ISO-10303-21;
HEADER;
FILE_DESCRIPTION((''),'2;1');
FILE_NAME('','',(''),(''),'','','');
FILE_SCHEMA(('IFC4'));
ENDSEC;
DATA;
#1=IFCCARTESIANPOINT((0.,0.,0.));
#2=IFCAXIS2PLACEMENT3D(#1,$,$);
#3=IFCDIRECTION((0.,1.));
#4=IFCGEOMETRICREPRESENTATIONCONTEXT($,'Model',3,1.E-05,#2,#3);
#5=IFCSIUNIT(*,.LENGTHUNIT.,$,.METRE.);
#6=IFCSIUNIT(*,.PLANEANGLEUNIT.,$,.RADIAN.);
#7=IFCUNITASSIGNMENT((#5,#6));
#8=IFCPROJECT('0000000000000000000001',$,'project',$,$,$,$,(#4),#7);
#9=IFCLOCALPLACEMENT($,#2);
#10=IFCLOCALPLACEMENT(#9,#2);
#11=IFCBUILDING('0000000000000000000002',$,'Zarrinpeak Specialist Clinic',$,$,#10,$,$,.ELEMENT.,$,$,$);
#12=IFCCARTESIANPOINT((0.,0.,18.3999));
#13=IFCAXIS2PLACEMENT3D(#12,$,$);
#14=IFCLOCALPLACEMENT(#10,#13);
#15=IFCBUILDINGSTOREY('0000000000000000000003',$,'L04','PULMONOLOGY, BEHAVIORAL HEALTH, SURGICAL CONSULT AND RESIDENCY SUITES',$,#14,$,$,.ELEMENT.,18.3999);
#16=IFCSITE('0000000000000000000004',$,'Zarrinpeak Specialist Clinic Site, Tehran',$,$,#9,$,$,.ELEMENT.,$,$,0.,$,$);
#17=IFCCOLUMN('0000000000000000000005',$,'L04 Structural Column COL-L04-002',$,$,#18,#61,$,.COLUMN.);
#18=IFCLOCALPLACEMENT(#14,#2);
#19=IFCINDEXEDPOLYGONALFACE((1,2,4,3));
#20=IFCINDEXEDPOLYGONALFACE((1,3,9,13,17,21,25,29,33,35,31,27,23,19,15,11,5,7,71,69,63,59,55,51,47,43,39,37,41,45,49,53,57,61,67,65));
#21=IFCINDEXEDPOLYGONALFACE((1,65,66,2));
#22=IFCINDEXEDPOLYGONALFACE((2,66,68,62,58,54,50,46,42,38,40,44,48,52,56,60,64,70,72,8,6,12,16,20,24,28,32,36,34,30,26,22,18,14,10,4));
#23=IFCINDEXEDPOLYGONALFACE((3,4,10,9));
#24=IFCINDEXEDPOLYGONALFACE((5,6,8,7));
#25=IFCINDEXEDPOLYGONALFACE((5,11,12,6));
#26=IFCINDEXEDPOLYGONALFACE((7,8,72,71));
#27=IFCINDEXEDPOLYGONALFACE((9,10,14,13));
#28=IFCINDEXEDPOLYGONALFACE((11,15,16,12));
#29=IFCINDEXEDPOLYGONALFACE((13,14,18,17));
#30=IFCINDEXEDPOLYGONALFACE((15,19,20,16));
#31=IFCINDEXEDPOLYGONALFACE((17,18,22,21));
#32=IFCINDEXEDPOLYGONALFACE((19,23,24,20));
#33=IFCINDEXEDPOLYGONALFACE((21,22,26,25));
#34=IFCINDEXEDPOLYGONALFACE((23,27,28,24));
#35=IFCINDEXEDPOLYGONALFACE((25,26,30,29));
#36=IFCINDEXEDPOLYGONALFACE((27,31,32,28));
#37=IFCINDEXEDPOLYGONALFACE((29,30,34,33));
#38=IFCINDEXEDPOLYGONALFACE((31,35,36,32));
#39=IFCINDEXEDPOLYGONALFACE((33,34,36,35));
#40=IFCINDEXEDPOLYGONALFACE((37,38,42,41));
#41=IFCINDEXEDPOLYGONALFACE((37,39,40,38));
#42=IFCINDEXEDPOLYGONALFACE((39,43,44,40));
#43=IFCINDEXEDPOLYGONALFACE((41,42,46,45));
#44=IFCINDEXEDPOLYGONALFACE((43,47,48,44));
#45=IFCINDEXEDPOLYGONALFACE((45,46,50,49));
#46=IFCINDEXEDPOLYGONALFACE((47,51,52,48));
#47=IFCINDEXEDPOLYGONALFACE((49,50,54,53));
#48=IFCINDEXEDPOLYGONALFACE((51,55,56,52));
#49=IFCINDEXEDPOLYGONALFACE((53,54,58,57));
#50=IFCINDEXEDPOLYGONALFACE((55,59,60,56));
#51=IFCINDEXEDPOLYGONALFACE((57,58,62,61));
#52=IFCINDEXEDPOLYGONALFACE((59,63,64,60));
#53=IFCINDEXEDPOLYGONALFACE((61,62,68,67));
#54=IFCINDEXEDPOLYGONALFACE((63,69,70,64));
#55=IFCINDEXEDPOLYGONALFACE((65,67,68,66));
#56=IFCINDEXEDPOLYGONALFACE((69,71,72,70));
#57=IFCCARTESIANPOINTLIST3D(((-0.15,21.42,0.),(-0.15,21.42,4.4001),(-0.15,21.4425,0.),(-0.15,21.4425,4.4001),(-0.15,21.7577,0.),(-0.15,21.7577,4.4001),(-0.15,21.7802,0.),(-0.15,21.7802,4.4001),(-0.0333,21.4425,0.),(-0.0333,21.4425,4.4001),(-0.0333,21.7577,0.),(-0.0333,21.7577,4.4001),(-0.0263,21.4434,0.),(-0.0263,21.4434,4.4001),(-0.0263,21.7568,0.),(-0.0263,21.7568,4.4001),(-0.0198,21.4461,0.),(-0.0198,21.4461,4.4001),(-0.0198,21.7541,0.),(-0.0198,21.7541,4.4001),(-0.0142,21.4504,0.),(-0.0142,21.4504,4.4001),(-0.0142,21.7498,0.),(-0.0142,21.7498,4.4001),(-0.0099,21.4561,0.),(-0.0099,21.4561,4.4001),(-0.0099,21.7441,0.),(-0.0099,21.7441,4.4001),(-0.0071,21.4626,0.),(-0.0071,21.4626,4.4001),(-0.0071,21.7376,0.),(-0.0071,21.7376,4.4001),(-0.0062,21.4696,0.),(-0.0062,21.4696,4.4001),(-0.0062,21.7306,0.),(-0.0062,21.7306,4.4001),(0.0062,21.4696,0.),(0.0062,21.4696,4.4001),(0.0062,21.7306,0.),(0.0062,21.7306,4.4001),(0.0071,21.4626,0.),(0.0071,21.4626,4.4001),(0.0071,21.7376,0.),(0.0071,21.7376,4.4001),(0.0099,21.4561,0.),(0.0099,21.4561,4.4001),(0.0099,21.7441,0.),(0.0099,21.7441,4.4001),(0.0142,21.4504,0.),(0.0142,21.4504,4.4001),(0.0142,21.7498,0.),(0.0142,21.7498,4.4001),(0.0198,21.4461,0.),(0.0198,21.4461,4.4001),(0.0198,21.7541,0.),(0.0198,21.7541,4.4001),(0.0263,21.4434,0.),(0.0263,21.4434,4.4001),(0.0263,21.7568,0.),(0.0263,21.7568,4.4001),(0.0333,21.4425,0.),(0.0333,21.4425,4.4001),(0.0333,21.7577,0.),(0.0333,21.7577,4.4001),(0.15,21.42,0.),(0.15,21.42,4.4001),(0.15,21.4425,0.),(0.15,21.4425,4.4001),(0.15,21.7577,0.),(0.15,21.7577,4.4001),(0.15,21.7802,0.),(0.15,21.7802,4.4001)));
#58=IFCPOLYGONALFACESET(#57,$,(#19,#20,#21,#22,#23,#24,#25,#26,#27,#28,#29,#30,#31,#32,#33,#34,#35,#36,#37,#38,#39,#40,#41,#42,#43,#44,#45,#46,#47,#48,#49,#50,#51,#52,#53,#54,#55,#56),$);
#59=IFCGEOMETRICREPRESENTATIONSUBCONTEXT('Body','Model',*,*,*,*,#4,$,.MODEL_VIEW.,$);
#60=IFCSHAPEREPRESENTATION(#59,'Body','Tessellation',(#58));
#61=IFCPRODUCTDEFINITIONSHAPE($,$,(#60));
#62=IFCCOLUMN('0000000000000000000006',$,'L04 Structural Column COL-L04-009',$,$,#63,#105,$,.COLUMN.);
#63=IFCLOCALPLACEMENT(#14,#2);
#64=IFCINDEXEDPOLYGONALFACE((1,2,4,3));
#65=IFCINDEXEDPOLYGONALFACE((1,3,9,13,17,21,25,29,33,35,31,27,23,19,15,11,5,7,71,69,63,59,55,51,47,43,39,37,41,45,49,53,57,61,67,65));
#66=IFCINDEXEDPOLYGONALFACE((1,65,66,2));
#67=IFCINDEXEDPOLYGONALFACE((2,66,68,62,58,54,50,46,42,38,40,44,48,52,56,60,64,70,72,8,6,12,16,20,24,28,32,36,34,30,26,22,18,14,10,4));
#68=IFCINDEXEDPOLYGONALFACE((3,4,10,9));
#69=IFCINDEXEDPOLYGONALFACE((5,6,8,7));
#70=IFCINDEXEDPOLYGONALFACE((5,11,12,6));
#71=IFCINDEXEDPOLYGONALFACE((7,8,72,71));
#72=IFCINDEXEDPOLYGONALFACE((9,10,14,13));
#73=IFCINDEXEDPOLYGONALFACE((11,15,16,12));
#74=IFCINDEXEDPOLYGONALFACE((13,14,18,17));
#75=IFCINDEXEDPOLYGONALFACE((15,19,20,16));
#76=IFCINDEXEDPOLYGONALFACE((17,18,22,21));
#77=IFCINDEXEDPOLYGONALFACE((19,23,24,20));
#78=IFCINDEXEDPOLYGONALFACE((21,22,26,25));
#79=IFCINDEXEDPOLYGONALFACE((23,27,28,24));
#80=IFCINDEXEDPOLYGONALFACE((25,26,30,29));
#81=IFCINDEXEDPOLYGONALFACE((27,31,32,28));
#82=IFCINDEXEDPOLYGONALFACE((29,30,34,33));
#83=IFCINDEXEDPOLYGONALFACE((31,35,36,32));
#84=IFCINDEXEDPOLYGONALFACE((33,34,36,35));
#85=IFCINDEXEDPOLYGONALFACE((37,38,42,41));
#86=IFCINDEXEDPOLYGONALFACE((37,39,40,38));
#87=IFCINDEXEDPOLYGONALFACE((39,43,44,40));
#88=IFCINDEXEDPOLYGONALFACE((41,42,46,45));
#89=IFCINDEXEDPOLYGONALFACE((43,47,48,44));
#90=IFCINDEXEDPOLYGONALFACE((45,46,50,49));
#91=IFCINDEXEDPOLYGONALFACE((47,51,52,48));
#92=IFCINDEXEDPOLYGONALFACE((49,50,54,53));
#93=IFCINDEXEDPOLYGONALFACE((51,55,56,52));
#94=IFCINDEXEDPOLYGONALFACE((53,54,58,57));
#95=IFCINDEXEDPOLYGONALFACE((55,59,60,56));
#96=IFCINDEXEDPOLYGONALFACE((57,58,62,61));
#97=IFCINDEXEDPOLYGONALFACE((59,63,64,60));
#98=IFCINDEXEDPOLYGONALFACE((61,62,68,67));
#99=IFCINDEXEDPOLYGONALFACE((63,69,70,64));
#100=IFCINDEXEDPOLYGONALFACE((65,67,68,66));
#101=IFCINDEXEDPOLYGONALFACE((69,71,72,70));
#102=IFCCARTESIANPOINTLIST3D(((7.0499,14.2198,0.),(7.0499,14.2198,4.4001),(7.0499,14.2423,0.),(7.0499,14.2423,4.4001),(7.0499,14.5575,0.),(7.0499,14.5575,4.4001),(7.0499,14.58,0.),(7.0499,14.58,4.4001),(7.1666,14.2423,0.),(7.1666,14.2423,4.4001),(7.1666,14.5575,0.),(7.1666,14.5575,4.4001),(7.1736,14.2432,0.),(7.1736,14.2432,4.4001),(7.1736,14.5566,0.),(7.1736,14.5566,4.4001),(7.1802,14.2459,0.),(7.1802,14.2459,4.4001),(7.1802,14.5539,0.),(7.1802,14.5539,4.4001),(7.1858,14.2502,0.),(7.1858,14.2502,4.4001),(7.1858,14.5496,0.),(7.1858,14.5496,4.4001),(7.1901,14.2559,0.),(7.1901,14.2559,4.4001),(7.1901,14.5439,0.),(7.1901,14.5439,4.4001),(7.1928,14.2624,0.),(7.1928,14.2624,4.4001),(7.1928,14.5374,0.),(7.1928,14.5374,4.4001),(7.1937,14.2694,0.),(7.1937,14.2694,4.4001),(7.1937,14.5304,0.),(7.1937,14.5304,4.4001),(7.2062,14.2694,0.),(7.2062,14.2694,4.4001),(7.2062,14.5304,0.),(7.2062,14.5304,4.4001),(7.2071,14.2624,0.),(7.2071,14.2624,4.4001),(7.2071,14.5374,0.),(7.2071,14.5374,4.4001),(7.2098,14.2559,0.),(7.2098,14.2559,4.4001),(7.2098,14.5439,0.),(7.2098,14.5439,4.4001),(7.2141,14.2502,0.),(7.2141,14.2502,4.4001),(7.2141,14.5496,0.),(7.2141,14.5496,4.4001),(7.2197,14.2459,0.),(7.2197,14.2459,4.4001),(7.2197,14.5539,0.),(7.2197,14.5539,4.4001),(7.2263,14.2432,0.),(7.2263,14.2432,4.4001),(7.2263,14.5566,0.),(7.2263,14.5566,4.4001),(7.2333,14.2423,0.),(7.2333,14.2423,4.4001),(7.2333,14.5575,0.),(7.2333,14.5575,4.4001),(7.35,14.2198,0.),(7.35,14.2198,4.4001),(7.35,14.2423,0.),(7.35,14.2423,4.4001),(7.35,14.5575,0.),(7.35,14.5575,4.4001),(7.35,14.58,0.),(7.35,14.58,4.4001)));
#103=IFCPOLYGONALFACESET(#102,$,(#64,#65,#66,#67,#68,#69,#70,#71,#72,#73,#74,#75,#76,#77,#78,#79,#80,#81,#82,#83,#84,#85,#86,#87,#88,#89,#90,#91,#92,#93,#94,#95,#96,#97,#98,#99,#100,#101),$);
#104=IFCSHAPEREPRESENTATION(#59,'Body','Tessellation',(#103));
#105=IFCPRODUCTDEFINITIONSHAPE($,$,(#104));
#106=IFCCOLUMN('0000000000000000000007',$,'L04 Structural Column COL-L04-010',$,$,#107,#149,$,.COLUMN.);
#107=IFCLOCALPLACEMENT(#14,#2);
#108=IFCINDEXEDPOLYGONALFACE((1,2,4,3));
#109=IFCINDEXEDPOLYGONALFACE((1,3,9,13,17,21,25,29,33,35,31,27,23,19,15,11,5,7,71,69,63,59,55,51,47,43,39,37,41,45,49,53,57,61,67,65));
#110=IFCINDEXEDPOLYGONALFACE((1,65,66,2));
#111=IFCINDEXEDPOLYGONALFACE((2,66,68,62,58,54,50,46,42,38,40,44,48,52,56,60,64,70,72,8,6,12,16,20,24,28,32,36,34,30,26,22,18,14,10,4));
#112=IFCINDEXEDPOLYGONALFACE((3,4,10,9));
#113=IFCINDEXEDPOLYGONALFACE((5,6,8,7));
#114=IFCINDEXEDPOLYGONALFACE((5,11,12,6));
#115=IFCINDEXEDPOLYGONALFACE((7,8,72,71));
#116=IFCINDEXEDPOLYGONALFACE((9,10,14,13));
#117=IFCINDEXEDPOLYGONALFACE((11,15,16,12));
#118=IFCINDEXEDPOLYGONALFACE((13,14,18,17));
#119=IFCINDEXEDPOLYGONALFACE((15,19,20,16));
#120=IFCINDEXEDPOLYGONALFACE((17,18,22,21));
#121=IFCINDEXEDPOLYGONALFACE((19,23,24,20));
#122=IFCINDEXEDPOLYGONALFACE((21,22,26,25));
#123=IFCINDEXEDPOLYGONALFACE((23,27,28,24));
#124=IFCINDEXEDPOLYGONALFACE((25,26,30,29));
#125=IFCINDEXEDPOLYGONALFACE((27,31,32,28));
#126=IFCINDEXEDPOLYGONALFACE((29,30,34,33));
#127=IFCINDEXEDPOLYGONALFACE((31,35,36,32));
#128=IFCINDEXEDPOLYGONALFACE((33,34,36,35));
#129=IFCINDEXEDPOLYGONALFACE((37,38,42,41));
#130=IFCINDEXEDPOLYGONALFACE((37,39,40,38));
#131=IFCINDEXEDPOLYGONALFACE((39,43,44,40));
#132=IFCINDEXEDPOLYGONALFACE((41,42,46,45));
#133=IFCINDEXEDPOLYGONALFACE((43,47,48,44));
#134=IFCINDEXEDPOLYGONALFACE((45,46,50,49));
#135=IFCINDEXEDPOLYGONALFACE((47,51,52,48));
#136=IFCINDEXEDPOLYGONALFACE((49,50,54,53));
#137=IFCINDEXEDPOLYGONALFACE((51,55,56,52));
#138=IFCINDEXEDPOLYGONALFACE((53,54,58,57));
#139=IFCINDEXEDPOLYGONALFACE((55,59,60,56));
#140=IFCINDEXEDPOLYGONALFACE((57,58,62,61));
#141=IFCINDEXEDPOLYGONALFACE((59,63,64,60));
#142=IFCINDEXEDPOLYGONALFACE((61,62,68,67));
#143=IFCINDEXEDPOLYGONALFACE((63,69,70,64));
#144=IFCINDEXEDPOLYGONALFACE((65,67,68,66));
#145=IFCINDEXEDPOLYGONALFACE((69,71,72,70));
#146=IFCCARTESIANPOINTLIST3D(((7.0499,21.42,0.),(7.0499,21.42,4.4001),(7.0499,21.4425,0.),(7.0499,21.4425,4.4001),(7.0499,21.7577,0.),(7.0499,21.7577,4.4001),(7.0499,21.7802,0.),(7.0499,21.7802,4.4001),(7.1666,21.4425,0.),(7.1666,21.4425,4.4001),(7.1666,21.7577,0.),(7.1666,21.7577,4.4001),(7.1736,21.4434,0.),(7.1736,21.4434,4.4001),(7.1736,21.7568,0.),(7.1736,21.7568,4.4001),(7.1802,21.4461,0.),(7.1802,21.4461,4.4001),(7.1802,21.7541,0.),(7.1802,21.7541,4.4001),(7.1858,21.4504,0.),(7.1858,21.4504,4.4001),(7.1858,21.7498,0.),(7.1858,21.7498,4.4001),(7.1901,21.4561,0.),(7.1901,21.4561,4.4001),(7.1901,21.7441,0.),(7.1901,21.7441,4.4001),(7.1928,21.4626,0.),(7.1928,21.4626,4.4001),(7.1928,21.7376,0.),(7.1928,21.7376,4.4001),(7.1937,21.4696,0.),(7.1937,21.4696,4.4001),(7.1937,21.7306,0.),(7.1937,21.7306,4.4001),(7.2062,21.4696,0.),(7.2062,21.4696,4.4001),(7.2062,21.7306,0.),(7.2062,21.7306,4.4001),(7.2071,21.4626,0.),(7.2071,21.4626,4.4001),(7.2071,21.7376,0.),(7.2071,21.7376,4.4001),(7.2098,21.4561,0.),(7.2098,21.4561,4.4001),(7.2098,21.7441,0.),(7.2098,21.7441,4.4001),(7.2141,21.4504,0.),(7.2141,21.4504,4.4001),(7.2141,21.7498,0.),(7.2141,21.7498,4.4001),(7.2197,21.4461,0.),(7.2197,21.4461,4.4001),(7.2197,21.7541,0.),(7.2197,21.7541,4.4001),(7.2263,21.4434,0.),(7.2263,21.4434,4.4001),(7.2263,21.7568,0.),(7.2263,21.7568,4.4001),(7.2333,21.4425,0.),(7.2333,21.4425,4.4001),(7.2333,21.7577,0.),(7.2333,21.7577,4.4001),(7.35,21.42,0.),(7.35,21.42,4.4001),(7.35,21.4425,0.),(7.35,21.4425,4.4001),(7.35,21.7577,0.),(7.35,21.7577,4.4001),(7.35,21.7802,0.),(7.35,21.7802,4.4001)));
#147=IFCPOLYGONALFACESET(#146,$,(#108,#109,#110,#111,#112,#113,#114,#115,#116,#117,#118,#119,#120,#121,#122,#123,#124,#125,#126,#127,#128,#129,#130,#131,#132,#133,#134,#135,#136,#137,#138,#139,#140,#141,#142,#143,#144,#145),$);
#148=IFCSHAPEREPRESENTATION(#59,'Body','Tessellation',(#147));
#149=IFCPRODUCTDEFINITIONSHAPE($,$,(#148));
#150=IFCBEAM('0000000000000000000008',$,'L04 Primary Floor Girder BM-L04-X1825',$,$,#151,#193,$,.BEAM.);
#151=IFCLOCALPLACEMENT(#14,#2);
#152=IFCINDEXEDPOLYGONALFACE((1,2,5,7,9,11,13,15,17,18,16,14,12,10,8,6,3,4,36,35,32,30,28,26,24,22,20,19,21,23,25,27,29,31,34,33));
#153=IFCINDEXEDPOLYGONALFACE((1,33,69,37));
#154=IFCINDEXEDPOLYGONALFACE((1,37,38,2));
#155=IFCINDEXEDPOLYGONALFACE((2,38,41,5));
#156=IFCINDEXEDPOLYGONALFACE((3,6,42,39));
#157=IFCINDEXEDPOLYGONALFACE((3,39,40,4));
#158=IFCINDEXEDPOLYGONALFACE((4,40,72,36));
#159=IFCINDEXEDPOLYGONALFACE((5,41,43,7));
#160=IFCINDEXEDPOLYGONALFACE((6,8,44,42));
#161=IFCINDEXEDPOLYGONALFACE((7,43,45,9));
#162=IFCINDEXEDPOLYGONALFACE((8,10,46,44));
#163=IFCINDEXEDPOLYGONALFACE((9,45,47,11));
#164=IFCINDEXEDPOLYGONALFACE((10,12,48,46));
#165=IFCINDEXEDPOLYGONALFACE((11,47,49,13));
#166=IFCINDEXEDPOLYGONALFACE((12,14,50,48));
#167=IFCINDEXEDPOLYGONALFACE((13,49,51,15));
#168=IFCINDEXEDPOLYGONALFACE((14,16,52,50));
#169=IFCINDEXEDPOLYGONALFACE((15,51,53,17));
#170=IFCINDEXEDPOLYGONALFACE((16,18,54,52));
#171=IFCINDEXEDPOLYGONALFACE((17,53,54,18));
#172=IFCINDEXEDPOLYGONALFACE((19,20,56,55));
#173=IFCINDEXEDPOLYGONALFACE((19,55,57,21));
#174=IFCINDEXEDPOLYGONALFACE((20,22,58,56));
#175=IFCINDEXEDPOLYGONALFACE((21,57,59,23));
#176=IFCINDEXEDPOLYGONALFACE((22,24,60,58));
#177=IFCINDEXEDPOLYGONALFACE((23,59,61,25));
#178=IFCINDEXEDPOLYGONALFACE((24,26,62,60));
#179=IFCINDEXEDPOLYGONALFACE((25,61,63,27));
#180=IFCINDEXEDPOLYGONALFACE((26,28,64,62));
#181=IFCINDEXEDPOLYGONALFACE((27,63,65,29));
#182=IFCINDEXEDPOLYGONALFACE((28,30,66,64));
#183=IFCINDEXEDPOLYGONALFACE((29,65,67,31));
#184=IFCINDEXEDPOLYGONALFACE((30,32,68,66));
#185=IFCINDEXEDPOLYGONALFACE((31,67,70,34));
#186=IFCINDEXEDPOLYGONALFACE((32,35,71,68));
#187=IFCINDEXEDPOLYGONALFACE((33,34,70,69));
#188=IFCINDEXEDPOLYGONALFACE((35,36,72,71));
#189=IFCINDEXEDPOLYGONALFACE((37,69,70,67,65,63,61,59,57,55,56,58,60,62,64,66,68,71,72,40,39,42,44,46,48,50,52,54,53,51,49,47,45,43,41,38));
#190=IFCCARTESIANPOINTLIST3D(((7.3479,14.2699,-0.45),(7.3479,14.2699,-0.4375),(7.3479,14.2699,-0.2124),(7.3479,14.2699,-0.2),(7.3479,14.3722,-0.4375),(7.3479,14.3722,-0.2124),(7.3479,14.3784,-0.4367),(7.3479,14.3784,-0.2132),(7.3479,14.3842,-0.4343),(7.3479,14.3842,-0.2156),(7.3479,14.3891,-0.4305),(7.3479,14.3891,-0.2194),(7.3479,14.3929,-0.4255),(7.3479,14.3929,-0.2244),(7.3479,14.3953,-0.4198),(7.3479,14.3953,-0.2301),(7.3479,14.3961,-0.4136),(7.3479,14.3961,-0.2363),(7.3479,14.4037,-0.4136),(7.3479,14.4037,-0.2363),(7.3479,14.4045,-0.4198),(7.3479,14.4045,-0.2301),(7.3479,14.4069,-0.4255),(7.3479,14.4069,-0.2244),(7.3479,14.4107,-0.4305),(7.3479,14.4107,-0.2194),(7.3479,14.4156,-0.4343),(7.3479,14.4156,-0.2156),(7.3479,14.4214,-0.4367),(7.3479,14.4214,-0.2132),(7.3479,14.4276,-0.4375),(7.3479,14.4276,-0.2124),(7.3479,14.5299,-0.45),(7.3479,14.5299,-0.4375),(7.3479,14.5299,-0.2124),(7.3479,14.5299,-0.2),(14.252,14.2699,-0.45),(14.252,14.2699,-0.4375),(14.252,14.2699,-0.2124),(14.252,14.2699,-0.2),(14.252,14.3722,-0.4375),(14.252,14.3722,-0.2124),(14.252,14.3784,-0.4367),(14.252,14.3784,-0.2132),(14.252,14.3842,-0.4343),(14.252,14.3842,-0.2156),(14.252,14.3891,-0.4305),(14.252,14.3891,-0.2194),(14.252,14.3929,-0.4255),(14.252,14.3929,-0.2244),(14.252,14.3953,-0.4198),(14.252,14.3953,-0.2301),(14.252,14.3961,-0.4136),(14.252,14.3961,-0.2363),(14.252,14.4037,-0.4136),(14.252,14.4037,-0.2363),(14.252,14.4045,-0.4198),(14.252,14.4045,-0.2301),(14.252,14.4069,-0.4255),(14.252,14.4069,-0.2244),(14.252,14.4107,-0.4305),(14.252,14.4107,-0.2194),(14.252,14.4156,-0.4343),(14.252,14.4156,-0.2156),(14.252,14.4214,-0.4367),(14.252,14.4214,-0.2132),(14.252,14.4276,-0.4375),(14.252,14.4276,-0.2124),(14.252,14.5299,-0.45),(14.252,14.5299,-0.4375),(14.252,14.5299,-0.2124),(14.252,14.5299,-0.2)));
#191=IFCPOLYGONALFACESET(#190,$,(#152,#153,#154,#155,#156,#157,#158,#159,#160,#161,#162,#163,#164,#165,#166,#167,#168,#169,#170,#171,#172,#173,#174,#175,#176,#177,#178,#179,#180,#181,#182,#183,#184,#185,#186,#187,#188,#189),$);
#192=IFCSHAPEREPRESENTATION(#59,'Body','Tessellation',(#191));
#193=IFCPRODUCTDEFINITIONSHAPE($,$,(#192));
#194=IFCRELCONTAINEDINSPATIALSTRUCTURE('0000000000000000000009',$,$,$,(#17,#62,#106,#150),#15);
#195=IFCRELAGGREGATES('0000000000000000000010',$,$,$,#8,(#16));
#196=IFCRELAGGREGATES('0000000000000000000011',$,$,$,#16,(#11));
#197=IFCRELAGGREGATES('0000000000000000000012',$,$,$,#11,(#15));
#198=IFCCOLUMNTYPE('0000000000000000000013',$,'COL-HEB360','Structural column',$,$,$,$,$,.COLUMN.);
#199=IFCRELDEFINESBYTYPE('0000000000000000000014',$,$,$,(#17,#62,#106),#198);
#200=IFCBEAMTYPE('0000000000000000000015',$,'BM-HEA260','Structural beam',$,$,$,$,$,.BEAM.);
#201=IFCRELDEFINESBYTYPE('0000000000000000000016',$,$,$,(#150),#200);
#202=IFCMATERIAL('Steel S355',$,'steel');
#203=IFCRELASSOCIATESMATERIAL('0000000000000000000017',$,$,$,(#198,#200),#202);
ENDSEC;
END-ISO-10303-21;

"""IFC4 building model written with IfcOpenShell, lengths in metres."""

from ifc_helpers import new_model, si_unit, direction, frame, origin, origin_2d, place, context, subcontext, project, spatial, i_section, extrude, material, material_profile, profile_set, type_object, element, save


model = new_model("IFC4")

# Units and contexts
model_context = context("Model", 3, precision=1e-05, world=origin(), true_north=direction((0.0, 1.0)))
body_context = subcontext(model_context, "Body", "Model", "MODEL_VIEW")
ifc_project = project(units=[si_unit("LENGTHUNIT", "METRE"), si_unit("PLANEANGLEUNIT", "RADIAN")], contexts=[model_context])

# Site, building, storey
site_placement = place(None, origin())
site = spatial("IfcSite", under=ifc_project, at=site_placement, Name="Zarrinpeak Specialist Clinic Site, Tehran", CompositionType="ELEMENT", RefElevation=0.0)
building_placement = place(site_placement, origin())
building = spatial("IfcBuilding", under=site, at=building_placement, Name="Zarrinpeak Specialist Clinic", CompositionType="ELEMENT")
storey_placement = place(building_placement, frame((0.0, 0.0, 18.3999)))
storey = spatial("IfcBuildingStorey", under=building, at=storey_placement, Name="L04", Description="PULMONOLOGY, BEHAVIORAL HEALTH, SURGICAL CONSULT AND RESIDENCY SUITES", CompositionType="ELEMENT", Elevation=18.3999)

# Columns
ifc_material_1 = material(Name="Steel S355", Category="steel")
ifc_material_profile_1 = material_profile(ifc_material_1, i_section(OverallWidth=0.3, OverallDepth=0.3601, WebThickness=0.0125, FlangeThickness=0.0225, FilletRadius=0.0271, at=origin_2d()), Name="HEB 360")
ifc_profile_set_1 = profile_set([ifc_material_profile_1], Name="Steel S355")
column_type = type_object("IfcColumnType", Name="COL-HEB360", Description="Structural column", PredefinedType="COLUMN", material=ifc_profile_set_1)
for number, where, z_axis, x_axis, name in (
    (1, (0.0, 21.6001, 0.0), (0.0, 0.0, 1.0), (1.0, 0.0, 0.0), "L04 Structural Column COL-L04-002"),
    (2, (7.2, 14.3999, 0.0), (0.0, 0.0, 1.0), (1.0, 0.0, 0.0), "L04 Structural Column COL-L04-009"),
    (3, (7.2, 21.6001, 0.0), (0.0, 0.0, 1.0), (1.0, 0.0, 0.0), "L04 Structural Column COL-L04-010"),
):
    element("IfcColumn", number, at=place(storey_placement, frame(where, z_axis=z_axis, x_axis=x_axis)), inside=storey, type_object=column_type, Name=name, PredefinedType="COLUMN", context=body_context, shape_type="SweptSolid", body=[
        extrude(i_section(OverallWidth=0.3, OverallDepth=0.3601, WebThickness=0.0125, FlangeThickness=0.0225, FilletRadius=0.0271, at=origin_2d()), origin(), (0.0, 0.0, 1.0), 4.4001),
    ])

# Beam
ifc_material_profile_2 = material_profile(ifc_material_1, i_section(OverallWidth=0.26, OverallDepth=0.25, WebThickness=0.0076, FlangeThickness=0.0125, FilletRadius=0.0239, at=origin_2d()), Name="HEA 260")
ifc_profile_set_2 = profile_set([ifc_material_profile_2], Name="Steel S355")
beam_type_1 = type_object("IfcBeamType", Name="BM-HEA260", Description="Structural beam", PredefinedType="BEAM", material=ifc_profile_set_2)
for number, where, z_axis, x_axis, name in (
    (4, (7.3479, 14.3999, -0.325), (1.0, 0.0, 0.0), (0.0, 1.0, 0.0), "L04 Primary Floor Girder BM-L04-X1825"),
):
    element("IfcBeam", number, at=place(storey_placement, frame(where, z_axis=z_axis, x_axis=x_axis)), inside=storey, type_object=beam_type_1, Name=name, PredefinedType="BEAM", context=body_context, shape_type="SweptSolid", body=[
        extrude(i_section(OverallWidth=0.26, OverallDepth=0.25, WebThickness=0.0076, FlangeThickness=0.0125, FilletRadius=0.0239, at=origin_2d()), origin(), (0.0, 0.0, 1.0), 6.9041),
    ])

save(model, "model.ifc")
